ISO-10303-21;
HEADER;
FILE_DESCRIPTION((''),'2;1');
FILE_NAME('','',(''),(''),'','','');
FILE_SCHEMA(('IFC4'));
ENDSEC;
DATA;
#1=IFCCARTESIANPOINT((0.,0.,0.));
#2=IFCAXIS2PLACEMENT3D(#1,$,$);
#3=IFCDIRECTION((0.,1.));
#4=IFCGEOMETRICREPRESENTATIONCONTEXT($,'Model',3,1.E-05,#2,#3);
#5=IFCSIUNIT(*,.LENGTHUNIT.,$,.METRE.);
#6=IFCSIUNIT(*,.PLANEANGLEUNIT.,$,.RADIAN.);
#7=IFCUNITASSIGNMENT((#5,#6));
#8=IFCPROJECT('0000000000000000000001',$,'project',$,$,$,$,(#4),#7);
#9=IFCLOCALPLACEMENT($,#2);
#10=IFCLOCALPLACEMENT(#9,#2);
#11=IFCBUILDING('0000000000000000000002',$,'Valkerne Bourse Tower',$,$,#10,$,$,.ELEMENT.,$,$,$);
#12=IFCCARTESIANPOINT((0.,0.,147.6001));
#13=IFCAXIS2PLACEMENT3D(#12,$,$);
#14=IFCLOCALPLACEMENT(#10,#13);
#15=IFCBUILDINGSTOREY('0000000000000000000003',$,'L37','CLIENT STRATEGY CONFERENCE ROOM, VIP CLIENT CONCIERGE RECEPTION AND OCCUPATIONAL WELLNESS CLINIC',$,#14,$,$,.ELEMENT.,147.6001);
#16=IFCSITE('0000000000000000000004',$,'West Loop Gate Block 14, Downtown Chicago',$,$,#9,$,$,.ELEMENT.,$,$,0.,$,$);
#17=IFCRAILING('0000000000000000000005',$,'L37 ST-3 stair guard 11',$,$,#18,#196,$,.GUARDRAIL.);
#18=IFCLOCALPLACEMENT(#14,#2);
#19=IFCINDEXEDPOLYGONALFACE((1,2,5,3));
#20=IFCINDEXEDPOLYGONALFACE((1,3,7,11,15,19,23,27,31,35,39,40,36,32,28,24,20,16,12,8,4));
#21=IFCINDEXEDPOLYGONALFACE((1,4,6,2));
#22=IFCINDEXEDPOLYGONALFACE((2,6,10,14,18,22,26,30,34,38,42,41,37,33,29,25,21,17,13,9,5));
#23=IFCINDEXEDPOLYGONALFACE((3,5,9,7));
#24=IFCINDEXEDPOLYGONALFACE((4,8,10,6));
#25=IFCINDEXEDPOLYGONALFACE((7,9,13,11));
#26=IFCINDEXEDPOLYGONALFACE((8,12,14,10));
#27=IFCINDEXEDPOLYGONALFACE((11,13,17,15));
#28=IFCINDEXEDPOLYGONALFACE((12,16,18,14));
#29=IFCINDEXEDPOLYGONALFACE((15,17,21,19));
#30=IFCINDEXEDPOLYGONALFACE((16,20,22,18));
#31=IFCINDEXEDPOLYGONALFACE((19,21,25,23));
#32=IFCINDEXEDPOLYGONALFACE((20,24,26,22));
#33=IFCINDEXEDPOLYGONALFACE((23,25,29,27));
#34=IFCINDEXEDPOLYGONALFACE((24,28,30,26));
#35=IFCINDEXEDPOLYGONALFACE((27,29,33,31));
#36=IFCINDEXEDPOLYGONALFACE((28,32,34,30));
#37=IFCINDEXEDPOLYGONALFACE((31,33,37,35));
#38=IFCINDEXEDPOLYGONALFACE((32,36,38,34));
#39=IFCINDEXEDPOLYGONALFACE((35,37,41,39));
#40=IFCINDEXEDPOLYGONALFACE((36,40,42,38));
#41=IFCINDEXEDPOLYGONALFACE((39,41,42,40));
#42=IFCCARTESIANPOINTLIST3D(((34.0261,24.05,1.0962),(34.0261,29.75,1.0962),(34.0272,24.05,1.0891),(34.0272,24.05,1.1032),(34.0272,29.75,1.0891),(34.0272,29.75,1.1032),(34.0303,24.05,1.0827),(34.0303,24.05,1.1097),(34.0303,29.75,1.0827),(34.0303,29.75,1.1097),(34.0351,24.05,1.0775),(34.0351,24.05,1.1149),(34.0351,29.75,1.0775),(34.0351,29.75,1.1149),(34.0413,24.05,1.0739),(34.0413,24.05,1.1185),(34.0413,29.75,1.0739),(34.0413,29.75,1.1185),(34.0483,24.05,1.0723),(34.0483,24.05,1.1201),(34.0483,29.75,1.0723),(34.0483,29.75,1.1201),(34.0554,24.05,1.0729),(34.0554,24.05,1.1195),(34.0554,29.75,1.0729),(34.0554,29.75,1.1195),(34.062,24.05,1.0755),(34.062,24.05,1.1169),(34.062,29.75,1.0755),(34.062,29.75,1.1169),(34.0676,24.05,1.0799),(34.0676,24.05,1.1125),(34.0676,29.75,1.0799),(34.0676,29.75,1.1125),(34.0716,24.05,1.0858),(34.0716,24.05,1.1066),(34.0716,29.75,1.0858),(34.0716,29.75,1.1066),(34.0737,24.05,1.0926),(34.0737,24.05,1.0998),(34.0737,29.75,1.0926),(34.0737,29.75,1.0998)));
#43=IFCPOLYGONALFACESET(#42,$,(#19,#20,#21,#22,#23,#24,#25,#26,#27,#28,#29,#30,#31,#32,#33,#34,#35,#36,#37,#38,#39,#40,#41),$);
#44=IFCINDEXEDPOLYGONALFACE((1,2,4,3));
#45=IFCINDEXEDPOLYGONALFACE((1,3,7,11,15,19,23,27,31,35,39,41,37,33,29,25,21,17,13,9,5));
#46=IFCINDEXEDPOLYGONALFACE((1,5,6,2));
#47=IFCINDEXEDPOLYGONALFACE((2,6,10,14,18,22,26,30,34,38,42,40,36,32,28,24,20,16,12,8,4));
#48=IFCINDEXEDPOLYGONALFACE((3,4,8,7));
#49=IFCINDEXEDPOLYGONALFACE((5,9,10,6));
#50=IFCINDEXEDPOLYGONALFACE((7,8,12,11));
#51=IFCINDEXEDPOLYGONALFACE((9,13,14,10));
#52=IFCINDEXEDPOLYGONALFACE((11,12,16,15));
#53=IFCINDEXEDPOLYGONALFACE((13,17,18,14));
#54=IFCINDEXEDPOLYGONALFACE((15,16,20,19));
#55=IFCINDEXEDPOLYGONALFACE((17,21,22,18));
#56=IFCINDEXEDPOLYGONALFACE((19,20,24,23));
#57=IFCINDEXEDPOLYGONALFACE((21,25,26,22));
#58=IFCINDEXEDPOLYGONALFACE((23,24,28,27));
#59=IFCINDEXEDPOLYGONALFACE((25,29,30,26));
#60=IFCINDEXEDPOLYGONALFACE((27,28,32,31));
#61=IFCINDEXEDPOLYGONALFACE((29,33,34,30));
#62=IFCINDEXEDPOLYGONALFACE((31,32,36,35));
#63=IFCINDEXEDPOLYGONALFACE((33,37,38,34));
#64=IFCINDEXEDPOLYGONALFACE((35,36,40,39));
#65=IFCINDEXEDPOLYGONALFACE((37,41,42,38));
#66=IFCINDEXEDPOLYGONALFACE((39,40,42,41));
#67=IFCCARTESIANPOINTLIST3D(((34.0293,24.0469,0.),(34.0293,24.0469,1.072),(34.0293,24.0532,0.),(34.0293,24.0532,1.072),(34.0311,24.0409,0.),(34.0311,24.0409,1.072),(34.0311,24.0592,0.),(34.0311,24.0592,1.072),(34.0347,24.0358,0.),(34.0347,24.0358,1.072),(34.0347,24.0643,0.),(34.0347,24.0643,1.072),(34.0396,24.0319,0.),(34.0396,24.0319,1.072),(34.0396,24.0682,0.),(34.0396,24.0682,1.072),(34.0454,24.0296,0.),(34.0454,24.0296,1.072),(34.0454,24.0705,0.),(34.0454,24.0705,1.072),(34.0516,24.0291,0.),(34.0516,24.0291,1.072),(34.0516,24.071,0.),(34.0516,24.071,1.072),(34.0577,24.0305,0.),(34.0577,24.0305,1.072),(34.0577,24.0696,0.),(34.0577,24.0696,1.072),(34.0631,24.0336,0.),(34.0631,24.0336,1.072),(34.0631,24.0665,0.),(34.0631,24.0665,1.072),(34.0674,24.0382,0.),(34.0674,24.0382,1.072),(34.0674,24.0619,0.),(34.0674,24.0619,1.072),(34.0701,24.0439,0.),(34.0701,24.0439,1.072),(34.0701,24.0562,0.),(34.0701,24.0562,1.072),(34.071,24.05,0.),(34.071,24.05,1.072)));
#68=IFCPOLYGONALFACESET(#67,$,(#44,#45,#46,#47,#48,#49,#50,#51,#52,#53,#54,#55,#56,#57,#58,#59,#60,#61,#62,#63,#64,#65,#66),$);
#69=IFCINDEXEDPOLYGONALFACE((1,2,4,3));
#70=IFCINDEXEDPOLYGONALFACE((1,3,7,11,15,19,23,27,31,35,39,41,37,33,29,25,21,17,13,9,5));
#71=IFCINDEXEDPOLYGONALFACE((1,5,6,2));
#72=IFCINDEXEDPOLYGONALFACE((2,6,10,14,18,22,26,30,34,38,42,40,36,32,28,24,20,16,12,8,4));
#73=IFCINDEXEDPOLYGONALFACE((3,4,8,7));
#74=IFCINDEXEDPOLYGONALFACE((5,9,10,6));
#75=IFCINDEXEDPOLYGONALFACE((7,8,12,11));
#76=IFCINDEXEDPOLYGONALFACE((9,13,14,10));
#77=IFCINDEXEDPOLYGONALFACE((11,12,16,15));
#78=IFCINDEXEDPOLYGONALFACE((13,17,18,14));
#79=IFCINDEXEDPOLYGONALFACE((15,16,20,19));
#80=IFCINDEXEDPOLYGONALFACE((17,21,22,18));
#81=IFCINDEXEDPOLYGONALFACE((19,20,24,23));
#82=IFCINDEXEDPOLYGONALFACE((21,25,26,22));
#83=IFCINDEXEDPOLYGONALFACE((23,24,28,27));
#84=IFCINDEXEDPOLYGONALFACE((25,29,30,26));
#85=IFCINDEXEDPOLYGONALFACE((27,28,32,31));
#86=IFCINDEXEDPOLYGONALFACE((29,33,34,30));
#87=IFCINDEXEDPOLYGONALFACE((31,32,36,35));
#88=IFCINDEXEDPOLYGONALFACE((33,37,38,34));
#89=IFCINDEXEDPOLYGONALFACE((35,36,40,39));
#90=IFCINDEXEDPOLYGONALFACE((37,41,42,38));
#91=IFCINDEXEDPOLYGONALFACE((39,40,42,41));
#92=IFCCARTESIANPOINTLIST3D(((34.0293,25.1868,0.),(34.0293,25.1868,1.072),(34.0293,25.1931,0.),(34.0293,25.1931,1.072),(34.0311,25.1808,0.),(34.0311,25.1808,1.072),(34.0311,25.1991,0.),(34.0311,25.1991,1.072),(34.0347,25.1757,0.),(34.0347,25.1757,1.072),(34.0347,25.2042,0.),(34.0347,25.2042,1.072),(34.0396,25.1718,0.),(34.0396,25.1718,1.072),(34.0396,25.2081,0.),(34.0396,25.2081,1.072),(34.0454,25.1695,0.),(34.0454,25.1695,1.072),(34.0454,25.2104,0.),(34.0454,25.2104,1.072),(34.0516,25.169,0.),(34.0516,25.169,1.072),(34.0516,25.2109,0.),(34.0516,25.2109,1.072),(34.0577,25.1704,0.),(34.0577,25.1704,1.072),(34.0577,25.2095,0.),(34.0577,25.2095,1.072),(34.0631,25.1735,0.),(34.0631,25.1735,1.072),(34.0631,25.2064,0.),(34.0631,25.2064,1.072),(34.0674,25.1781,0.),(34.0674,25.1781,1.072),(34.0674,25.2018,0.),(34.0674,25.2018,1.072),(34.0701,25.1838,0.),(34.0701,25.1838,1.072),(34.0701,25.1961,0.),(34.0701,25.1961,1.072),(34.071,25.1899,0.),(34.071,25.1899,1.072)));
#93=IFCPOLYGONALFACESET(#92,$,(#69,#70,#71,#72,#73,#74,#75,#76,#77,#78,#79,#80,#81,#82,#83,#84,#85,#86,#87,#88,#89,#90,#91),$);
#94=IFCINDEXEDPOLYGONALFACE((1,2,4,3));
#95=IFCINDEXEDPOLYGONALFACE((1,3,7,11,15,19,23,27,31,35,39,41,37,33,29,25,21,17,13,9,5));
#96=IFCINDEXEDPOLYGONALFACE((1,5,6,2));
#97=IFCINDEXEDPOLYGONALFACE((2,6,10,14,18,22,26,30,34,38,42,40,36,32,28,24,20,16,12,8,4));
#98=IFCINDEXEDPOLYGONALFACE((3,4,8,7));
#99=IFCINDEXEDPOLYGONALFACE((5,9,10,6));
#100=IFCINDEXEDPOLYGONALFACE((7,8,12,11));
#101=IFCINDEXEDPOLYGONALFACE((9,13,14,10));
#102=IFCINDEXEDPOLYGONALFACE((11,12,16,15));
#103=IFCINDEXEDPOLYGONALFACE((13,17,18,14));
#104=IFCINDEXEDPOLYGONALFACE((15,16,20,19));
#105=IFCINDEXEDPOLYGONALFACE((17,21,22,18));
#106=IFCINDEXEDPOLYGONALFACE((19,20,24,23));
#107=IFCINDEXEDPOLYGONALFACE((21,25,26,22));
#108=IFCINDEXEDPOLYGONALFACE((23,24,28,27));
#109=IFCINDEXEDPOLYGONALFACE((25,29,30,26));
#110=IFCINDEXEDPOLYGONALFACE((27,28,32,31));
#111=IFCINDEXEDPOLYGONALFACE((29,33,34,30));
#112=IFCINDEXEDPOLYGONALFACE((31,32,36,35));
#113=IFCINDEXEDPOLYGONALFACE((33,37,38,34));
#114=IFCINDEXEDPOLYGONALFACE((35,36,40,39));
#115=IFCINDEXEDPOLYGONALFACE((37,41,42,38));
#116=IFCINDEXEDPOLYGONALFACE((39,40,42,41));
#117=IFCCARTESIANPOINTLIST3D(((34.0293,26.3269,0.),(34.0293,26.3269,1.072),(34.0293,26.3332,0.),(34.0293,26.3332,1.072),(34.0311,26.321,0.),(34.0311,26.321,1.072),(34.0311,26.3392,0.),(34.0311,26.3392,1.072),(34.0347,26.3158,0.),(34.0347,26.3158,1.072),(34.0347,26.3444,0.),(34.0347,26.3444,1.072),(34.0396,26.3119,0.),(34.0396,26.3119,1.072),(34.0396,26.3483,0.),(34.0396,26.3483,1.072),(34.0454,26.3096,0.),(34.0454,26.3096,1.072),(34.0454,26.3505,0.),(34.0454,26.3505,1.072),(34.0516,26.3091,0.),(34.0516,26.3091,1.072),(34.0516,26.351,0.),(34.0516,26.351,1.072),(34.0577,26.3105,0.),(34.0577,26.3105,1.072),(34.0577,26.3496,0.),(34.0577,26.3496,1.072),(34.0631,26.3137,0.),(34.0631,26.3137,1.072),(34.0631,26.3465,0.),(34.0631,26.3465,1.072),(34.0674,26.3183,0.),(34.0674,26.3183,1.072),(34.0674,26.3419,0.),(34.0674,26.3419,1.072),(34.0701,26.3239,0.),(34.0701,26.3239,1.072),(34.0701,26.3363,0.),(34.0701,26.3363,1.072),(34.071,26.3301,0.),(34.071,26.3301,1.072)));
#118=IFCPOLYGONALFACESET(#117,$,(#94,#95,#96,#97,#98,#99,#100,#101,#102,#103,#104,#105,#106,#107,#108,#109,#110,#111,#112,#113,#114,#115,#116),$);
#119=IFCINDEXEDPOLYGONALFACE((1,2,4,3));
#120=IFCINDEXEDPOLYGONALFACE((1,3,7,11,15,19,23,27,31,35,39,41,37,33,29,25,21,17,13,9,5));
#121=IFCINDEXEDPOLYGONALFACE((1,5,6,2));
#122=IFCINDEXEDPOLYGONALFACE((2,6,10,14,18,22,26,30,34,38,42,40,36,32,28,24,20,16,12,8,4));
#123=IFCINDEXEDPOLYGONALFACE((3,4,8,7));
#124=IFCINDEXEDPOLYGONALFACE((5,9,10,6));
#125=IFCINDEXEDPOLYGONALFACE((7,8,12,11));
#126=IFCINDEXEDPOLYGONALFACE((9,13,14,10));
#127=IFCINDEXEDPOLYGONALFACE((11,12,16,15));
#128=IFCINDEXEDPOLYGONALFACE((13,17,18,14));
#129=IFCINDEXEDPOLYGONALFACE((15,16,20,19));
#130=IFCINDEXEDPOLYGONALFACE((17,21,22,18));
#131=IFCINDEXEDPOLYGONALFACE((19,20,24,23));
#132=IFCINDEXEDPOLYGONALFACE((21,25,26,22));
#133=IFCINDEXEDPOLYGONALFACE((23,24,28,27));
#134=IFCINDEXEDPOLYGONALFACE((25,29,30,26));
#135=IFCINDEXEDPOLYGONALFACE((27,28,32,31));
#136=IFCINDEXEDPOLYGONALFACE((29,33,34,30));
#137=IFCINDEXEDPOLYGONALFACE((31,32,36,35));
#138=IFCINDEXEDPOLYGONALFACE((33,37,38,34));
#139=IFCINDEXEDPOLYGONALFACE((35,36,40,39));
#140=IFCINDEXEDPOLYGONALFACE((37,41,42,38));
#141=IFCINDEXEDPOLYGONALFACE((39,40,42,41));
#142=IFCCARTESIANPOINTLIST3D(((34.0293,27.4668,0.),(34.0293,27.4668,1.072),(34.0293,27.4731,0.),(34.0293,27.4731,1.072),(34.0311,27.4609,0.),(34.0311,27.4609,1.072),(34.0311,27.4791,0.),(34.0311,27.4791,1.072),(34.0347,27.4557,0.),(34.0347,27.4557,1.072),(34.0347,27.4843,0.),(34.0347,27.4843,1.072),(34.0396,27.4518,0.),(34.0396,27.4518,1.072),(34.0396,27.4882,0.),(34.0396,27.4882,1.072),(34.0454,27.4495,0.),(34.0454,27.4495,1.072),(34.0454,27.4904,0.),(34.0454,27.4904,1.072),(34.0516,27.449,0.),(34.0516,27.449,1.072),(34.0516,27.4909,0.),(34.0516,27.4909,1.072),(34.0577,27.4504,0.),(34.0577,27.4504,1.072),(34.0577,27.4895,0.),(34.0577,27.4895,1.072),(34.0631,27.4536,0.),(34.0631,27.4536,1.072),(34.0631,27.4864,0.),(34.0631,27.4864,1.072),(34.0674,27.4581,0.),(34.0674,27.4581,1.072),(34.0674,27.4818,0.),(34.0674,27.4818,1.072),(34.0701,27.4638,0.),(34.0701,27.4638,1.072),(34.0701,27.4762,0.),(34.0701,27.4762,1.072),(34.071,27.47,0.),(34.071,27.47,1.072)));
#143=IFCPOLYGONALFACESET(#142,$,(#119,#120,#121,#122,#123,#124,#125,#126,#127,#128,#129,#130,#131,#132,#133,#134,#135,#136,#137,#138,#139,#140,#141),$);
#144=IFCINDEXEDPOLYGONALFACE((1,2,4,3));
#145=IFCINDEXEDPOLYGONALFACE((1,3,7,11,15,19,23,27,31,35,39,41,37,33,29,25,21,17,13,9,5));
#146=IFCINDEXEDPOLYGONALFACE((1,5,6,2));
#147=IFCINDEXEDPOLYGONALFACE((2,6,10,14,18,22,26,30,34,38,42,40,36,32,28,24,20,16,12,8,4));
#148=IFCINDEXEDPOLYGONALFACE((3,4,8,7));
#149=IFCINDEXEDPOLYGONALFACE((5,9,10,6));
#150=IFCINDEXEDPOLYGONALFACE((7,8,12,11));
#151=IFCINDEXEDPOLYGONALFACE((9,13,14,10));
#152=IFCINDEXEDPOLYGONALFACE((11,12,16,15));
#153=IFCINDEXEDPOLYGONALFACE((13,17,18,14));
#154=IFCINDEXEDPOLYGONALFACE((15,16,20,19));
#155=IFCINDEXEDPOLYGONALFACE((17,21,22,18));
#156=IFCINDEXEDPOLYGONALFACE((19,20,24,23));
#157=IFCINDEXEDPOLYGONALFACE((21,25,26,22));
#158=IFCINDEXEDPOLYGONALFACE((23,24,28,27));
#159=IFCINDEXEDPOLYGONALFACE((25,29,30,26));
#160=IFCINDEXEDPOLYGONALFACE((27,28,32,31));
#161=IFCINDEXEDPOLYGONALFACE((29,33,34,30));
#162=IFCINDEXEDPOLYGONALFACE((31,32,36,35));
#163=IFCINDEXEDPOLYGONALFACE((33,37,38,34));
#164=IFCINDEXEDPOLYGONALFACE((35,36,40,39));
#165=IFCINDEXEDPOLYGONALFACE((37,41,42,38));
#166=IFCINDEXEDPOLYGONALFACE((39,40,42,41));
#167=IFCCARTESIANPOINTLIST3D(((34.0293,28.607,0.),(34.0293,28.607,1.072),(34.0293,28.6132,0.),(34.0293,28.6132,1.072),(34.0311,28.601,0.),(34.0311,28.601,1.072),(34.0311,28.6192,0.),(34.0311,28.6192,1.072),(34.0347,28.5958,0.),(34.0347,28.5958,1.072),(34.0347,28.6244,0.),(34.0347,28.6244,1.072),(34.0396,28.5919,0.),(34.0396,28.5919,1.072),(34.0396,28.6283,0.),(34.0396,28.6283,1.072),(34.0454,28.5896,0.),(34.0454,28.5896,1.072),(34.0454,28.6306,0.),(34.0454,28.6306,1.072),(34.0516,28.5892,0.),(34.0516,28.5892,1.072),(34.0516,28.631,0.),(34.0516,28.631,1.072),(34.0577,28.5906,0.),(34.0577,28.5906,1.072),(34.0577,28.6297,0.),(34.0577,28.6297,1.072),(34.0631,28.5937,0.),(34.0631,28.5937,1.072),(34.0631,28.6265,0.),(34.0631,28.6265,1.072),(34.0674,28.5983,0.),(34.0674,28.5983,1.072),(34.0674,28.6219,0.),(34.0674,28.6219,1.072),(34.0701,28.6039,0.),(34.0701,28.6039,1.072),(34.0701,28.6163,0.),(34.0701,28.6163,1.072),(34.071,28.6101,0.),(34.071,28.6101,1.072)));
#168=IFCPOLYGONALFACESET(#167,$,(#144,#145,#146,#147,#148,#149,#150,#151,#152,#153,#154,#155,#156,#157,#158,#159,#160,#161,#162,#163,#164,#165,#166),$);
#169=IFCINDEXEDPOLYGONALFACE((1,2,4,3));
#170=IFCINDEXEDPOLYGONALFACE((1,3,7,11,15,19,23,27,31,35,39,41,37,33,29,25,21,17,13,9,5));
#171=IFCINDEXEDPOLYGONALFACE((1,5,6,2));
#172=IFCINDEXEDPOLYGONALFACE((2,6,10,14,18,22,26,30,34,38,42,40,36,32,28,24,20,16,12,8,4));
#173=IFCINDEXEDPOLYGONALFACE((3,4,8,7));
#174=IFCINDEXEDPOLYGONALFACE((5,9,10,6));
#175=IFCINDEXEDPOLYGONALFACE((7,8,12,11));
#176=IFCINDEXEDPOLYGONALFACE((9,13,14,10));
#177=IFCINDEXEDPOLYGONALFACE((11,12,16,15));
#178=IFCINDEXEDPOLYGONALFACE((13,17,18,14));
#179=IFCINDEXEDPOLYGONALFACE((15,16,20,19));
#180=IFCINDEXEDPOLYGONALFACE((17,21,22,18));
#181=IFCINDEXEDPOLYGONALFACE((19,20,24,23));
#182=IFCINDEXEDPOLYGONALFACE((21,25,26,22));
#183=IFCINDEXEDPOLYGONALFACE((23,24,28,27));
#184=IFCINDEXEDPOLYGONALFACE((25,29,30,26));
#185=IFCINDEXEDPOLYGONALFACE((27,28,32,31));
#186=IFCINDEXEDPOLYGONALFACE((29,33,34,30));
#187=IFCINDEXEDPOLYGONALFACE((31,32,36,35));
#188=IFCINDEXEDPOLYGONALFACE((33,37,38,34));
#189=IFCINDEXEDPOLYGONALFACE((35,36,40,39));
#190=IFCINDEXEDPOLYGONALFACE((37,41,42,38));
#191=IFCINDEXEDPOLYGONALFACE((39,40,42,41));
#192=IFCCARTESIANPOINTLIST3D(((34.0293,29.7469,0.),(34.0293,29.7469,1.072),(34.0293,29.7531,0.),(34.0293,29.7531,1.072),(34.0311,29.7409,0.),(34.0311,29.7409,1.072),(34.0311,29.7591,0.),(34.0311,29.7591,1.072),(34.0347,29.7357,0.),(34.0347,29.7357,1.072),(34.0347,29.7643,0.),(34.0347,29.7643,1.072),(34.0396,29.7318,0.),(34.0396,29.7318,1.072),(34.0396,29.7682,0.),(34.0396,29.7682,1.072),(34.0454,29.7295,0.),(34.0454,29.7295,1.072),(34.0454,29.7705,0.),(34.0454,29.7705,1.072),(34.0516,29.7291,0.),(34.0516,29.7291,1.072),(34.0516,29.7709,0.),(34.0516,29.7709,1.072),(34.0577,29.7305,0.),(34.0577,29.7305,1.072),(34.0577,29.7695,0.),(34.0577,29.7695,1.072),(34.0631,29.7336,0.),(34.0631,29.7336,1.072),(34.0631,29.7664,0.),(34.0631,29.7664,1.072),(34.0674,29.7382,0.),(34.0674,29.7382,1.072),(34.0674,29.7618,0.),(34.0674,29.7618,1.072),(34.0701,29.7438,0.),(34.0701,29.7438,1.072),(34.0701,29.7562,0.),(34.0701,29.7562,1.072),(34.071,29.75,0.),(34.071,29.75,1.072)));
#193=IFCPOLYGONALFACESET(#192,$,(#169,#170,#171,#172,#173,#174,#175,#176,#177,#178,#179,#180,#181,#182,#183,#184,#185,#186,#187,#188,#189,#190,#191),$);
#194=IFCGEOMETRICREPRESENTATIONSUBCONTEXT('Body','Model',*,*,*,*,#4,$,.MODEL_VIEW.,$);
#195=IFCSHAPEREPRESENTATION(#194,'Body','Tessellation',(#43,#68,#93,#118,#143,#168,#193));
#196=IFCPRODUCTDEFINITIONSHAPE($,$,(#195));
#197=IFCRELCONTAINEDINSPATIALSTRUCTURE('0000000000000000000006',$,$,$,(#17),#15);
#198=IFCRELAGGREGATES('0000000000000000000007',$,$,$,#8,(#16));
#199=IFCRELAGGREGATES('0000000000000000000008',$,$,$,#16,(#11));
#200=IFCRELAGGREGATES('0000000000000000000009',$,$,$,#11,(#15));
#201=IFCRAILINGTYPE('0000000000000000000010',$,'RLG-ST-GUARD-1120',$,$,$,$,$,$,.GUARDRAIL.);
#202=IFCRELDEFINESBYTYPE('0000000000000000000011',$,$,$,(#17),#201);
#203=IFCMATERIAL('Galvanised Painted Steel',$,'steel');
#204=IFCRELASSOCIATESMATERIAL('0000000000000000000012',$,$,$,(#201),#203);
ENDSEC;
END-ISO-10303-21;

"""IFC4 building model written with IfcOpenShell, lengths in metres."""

from ifc_helpers import new_model, si_unit, direction, frame, origin, origin_2d, place, context, subcontext, project, spatial, circle, extrude, material, type_object, element, save


model = new_model("IFC4")

# Units and contexts
model_context = context("Model", 3, precision=1e-05, world=origin(), true_north=direction((0.0, 1.0)))
body_context = subcontext(model_context, "Body", "Model", "MODEL_VIEW")
ifc_project = project(units=[si_unit("LENGTHUNIT", "METRE"), si_unit("PLANEANGLEUNIT", "RADIAN")], contexts=[model_context])

# Site, building, storey
site_placement = place(None, origin())
site = spatial("IfcSite", under=ifc_project, at=site_placement, Name="West Loop Gate Block 14, Downtown Chicago", CompositionType="ELEMENT", RefElevation=0.0)
building_placement = place(site_placement, origin())
building = spatial("IfcBuilding", under=site, at=building_placement, Name="Valkerne Bourse Tower", CompositionType="ELEMENT")
storey_placement = place(building_placement, frame((0.0, 0.0, 147.6001)))
storey = spatial("IfcBuildingStorey", under=building, at=storey_placement, Name="L37", Description="CLIENT STRATEGY CONFERENCE ROOM, VIP CLIENT CONCIERGE RECEPTION AND OCCUPATIONAL WELLNESS CLINIC", CompositionType="ELEMENT", Elevation=147.6001)

# Shared definitions
ifc_material_1 = material(Name="Galvanised Painted Steel", Category="steel")

# Railing
railing_type = type_object("IfcRailingType", Name="RLG-ST-GUARD-1120", PredefinedType="GUARDRAIL", material=ifc_material_1)
railing_placement = place(storey_placement, frame((34.05, 24.05, 0.0)))
element("IfcRailing", 1, at=railing_placement, inside=storey, type_object=railing_type, Name="L37 ST-3 stair guard 11", PredefinedType="GUARDRAIL", context=body_context, shape_type="SweptSolid", body=[
    extrude(circle(Radius=0.0239, at=origin_2d()), frame((0.0, 0.0, 1.0962), z_axis=(0.0, 1.0, 0.0), x_axis=(-1.0, 0.0, 0.0)), (0.0, 0.0, 1.0), 5.7),
    extrude(circle(Radius=0.021, at=origin_2d()), origin(), (0.0, 0.0, 1.0), 1.072),
    extrude(circle(Radius=0.021, at=origin_2d()), frame((0.0, 1.1399, 0.0)), (0.0, 0.0, 1.0), 1.072),
    extrude(circle(Radius=0.021, at=origin_2d()), frame((0.0, 2.28, 0.0)), (0.0, 0.0, 1.0), 1.072),
    extrude(circle(Radius=0.021, at=origin_2d()), frame((0.0, 3.4199, 0.0)), (0.0, 0.0, 1.0), 1.072),
    extrude(circle(Radius=0.021, at=origin_2d()), frame((0.0, 4.5601, 0.0)), (0.0, 0.0, 1.0), 1.072),
    extrude(circle(Radius=0.021, at=origin_2d()), frame((0.0, 5.7, 0.0)), (0.0, 0.0, 1.0), 1.072),
])

save(model, "model.ifc")
